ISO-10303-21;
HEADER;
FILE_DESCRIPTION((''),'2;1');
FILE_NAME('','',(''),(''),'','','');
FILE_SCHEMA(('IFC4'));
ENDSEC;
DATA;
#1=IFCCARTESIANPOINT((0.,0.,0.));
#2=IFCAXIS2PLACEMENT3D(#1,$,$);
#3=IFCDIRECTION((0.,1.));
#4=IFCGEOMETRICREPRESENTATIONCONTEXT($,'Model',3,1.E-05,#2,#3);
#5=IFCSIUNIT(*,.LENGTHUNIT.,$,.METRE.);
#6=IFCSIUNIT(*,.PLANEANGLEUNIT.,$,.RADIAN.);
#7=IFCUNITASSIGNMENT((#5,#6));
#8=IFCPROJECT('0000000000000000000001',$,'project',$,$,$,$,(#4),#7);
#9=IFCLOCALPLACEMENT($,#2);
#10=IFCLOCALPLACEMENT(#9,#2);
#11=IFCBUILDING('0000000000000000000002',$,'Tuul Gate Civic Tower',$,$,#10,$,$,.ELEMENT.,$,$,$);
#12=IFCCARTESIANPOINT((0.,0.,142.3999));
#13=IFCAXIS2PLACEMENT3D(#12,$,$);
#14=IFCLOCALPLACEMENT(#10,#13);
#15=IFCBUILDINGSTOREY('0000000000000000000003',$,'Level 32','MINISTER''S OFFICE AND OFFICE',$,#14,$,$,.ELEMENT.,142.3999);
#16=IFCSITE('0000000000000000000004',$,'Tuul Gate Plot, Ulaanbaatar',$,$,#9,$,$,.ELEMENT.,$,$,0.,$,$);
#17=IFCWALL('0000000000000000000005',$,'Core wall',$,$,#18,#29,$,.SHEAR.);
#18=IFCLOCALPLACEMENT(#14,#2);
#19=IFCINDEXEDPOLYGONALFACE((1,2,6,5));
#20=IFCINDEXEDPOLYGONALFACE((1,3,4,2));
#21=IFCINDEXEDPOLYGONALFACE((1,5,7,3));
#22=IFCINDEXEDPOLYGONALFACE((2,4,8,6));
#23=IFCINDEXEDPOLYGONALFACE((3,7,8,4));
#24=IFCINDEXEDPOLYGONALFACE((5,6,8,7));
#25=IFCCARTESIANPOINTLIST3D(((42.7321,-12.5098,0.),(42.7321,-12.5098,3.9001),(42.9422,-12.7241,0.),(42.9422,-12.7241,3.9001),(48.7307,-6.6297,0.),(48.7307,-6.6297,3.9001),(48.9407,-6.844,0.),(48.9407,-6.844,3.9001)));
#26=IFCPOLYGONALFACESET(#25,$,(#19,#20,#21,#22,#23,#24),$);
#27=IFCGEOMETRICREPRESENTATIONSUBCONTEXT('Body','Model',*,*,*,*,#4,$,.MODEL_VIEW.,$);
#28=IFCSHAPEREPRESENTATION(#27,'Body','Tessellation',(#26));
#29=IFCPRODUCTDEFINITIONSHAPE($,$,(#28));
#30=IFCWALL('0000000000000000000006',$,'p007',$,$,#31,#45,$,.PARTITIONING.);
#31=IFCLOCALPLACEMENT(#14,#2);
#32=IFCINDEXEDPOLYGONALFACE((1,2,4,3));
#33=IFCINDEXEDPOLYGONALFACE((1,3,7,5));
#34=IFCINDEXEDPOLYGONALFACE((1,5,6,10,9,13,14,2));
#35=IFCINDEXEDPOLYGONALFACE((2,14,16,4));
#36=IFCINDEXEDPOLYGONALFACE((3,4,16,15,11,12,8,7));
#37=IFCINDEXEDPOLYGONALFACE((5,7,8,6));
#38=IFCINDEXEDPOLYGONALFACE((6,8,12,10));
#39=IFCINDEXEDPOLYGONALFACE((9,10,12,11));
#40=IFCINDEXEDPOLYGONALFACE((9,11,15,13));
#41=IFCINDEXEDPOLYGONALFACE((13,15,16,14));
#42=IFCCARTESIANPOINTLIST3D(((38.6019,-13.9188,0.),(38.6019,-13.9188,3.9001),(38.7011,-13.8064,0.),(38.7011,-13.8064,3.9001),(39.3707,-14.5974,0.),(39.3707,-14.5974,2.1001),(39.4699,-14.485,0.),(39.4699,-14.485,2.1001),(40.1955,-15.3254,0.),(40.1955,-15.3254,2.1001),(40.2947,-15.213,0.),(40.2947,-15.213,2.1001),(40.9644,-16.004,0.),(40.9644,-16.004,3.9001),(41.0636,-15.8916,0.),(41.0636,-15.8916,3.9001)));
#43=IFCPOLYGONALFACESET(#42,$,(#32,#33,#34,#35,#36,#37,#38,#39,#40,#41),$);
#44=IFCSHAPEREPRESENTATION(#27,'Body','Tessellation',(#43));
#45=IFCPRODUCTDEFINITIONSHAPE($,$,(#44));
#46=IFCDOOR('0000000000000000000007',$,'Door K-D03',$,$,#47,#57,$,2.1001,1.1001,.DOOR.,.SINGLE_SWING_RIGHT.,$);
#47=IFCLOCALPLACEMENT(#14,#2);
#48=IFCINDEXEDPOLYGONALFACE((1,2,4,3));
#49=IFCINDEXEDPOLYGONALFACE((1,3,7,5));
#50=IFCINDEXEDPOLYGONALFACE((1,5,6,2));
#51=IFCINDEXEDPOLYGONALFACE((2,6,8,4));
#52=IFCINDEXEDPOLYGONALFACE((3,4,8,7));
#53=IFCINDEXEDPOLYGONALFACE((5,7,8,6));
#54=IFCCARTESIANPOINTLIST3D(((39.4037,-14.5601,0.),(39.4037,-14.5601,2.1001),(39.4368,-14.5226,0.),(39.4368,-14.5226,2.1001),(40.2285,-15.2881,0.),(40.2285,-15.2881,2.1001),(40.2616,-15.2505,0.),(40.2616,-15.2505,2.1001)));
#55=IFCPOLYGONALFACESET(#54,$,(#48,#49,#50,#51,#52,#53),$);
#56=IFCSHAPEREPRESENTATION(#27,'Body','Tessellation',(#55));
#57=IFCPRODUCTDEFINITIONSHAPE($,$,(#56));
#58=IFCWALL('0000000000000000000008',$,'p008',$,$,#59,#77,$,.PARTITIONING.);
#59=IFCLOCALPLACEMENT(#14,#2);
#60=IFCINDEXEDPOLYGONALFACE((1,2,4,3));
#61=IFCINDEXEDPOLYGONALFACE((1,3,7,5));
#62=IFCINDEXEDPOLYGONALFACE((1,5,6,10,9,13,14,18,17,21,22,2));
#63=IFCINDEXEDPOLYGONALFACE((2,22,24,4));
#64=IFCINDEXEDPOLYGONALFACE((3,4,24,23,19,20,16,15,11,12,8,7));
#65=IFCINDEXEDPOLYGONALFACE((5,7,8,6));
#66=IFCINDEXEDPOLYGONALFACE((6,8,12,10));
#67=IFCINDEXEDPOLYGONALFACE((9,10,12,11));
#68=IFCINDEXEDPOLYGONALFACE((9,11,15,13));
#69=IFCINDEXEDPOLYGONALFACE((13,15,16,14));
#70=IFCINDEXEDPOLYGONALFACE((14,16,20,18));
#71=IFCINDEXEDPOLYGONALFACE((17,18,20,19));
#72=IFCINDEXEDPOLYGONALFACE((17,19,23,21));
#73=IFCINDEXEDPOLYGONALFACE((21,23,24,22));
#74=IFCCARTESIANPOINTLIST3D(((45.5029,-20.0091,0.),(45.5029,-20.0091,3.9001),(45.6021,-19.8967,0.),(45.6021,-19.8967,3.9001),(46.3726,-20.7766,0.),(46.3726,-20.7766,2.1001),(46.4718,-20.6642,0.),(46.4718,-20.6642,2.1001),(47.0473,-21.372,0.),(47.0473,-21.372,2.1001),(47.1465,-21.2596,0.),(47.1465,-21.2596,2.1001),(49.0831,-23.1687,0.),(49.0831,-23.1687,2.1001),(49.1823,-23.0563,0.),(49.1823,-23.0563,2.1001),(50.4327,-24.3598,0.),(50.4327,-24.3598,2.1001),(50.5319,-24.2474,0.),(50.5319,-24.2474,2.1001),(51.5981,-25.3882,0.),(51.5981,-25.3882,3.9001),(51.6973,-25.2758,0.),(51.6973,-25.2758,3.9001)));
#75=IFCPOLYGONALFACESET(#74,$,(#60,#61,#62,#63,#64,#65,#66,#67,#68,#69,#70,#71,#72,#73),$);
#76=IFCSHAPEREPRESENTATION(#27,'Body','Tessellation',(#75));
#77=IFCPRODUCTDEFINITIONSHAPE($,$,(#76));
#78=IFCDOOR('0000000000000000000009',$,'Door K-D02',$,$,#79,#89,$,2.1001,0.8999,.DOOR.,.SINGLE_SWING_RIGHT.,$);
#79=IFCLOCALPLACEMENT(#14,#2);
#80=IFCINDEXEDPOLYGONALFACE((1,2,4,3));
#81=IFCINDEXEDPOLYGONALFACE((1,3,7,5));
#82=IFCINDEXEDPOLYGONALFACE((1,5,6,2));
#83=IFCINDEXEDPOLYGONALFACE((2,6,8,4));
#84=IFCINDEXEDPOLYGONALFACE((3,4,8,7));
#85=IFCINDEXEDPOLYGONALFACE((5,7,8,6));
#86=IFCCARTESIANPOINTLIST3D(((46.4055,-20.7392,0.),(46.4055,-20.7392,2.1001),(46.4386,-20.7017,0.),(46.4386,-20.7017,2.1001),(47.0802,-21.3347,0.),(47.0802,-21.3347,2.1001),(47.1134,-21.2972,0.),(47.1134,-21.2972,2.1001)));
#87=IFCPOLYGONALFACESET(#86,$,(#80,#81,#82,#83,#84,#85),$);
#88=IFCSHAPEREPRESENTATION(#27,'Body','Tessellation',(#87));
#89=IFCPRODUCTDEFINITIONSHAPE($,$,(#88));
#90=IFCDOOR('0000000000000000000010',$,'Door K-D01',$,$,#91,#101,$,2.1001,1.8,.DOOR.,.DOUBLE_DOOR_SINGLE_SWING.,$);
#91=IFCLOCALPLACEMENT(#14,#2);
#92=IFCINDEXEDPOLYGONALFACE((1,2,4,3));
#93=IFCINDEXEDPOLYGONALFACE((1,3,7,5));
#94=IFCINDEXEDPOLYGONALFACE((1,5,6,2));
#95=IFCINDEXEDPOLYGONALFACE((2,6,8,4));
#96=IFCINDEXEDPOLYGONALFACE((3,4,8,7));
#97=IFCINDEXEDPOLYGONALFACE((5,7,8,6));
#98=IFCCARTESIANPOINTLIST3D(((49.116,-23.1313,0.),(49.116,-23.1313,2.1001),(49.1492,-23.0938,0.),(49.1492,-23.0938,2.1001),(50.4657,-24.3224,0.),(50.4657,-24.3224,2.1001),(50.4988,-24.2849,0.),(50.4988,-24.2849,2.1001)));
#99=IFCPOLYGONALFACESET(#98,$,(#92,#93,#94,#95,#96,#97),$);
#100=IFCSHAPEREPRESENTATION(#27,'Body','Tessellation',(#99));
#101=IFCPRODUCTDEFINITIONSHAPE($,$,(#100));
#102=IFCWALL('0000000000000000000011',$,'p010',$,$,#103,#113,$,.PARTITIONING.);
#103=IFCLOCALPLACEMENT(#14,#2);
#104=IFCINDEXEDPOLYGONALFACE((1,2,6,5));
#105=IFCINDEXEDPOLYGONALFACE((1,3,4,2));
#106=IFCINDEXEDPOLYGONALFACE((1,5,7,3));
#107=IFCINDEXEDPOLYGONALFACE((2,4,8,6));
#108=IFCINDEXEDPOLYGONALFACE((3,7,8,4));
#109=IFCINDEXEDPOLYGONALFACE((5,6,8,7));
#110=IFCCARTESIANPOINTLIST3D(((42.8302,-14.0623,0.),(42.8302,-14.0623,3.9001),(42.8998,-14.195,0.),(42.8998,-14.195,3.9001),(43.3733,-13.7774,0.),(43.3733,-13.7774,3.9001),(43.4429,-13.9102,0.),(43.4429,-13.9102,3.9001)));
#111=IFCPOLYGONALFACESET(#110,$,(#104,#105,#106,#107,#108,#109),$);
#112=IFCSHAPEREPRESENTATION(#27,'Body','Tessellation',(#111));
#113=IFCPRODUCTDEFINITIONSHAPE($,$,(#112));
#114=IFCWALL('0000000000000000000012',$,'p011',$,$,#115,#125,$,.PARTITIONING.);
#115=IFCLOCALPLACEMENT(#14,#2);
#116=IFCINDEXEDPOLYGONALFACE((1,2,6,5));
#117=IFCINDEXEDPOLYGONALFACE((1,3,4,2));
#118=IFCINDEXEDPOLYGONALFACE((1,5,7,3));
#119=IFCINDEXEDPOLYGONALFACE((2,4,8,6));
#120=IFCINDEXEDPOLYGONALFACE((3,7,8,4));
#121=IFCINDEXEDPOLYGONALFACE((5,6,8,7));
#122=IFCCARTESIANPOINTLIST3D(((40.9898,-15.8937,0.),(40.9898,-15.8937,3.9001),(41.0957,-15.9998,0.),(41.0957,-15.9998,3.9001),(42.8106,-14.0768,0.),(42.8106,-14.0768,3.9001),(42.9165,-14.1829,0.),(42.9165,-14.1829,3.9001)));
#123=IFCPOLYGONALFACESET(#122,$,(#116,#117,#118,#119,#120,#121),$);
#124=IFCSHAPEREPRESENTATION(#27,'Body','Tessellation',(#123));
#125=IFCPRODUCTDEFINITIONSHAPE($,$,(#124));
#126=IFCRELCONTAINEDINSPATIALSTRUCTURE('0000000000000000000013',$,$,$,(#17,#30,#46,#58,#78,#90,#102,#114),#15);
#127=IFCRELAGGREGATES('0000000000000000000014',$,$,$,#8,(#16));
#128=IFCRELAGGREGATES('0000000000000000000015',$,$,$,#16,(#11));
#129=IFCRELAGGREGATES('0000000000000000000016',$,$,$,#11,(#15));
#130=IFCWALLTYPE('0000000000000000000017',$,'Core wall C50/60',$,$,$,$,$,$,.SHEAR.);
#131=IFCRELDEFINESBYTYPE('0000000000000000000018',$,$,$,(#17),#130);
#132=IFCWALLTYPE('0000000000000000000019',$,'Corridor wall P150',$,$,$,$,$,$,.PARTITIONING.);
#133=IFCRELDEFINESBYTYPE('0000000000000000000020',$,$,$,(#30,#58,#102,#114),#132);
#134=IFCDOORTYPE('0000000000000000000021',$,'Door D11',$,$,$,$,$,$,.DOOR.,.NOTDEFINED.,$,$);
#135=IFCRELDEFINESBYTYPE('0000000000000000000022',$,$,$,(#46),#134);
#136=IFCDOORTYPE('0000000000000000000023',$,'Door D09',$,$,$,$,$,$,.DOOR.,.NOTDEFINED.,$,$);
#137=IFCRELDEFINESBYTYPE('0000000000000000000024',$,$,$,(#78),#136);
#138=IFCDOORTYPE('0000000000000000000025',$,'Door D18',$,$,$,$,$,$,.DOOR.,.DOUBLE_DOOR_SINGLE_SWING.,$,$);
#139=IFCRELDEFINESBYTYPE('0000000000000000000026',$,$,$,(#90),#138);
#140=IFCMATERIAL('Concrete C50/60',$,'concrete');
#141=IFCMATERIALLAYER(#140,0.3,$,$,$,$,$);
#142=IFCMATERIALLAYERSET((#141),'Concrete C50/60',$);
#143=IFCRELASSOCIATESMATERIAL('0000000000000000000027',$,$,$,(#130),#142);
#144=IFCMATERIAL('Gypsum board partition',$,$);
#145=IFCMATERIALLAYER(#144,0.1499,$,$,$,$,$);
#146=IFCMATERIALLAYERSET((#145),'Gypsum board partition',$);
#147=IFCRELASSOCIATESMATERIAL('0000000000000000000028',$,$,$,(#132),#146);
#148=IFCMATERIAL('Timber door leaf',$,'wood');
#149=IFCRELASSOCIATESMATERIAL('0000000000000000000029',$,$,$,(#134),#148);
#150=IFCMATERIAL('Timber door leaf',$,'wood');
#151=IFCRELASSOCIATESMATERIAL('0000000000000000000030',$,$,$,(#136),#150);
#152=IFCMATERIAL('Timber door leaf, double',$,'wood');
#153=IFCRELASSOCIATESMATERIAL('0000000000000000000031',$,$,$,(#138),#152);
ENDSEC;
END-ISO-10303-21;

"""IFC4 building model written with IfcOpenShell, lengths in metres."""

from ifc_helpers import new_model, si_unit, direction, frame, frame_2d, origin, place, context, subcontext, project, spatial, rectangle, extrude, material, layer, layer_set, type_object, element, fill, save


model = new_model("IFC4")

# Units and contexts
model_context = context("Model", 3, precision=1e-05, world=origin(), true_north=direction((0.0, 1.0)))
body_context = subcontext(model_context, "Body", "Model", "MODEL_VIEW")
ifc_project = project(units=[si_unit("LENGTHUNIT", "METRE"), si_unit("PLANEANGLEUNIT", "RADIAN")], contexts=[model_context])

# Site, building, storey
site_placement = place(None, origin())
site = spatial("IfcSite", under=ifc_project, at=site_placement, Name="Tuul Gate Plot, Ulaanbaatar", CompositionType="ELEMENT", RefElevation=0.0)
building_placement = place(site_placement, origin())
building = spatial("IfcBuilding", under=site, at=building_placement, Name="Tuul Gate Civic Tower", CompositionType="ELEMENT")
storey_placement = place(building_placement, frame((0.0, 0.0, 142.3999)))
storey = spatial("IfcBuildingStorey", under=building, at=storey_placement, Name="Level 32", Description="MINISTER'S OFFICE AND OFFICE", CompositionType="ELEMENT", Elevation=142.3999)

# Shared definitions
ifc_material_1 = material(Name="Concrete C50/60", Category="concrete")
ifc_layer_1 = layer(ifc_material_1, 0.3)
ifc_layer_set_1 = layer_set([ifc_layer_1], Name="Concrete C50/60")
wall_type_1 = type_object("IfcWallType", Name="Core wall C50/60", PredefinedType="SHEAR", material=ifc_layer_set_1)

# Wall
wall_1_placement = place(storey_placement, frame((42.8372, -12.6169, 0.0), z_axis=(0.0, 0.0, 1.0), x_axis=(0.71412, 0.700023, 0.0)))
element("IfcWall", 1, at=wall_1_placement, inside=storey, type_object=wall_type_1, Name="Core wall", PredefinedType="SHEAR", context=body_context, shape_type="SweptSolid", body=[
    extrude(rectangle(XDim=8.3999, YDim=0.3, at=frame_2d((4.2, 0.0))), origin(), (0.0, 0.0, 1.0), 3.9001),
])

# Wall, opening, door
ifc_material_2 = material(Name="Gypsum board partition")
ifc_layer_2 = layer(ifc_material_2, 0.1499)
ifc_layer_set_2 = layer_set([ifc_layer_2], Name="Gypsum board partition")
wall_type_2 = type_object("IfcWallType", Name="Corridor wall P150", PredefinedType="PARTITIONING", material=ifc_layer_set_2)
wall_2_placement = place(storey_placement, frame((38.6514, -13.8625, 0.0), z_axis=(0.0, 0.0, 1.0), x_axis=(0.749743, -0.661729, 0.0)))
wall_2 = element("IfcWall", 2, at=wall_2_placement, inside=storey, type_object=wall_type_2, Name="p007", PredefinedType="PARTITIONING", context=body_context, shape_type="SweptSolid", body=[
    extrude(rectangle(XDim=3.1511, YDim=0.1499, at=frame_2d((1.5757, 0.0))), origin(), (0.0, 0.0, 1.0), 3.9001),
])
opening_1_placement = place(wall_2_placement, frame((1.0256, 0.0, 0.0)))
opening_1 = element("IfcOpeningElement", 3, at=opening_1_placement, cuts=wall_2, PredefinedType="OPENING", context=body_context, shape_type="SweptSolid", body=[
    extrude(rectangle(XDim=1.1001, YDim=2.1001, at=frame_2d((0.55, 1.05))), frame((0.0, 0.085, 0.0), z_axis=(0.0, -1.0, 0.0), x_axis=(1.0, 0.0, 0.0)), (0.0, 0.0, 1.0), 0.1699),
])
ifc_material_3 = material(Name="Timber door leaf", Category="wood")
door_type_1 = type_object("IfcDoorType", Name="Door D11", OperationType="NOTDEFINED", PredefinedType="DOOR", material=ifc_material_3)
door_1_placement = place(opening_1_placement, origin())
door_1 = element("IfcDoor", 4, at=door_1_placement, inside=storey, type_object=door_type_1, Name="Door K-D03", OperationType="SINGLE_SWING_RIGHT", OverallHeight=2.1001, OverallWidth=1.1001, PredefinedType="DOOR", context=body_context, shape_type="SweptSolid", body=[
    extrude(rectangle(XDim=1.1001, YDim=2.1001, at=frame_2d((0.55, 1.05))), frame((0.0, 0.0249, 0.0), z_axis=(0.0, -1.0, 0.0), x_axis=(1.0, 0.0, 0.0)), (0.0, 0.0, 1.0), 0.05),
])
fill(opening_1, door_1)

# Wall, openings, doors
wall_3_placement = place(storey_placement, frame((45.5525, -19.9529, 0.0), z_axis=(0.0, 0.0, 1.0), x_axis=(0.749776, -0.661692, 0.0)))
wall_3 = element("IfcWall", 5, at=wall_3_placement, inside=storey, type_object=wall_type_2, Name="p008", PredefinedType="PARTITIONING", context=body_context, shape_type="SweptSolid", body=[
    extrude(rectangle(XDim=8.1294, YDim=0.1499, at=frame_2d((4.0647, 0.0))), origin(), (0.0, 0.0, 1.0), 3.9001),
])
opening_2_placement = place(wall_3_placement, frame((4.7751, 0.0, 0.0)))
opening_2 = element("IfcOpeningElement", 6, at=opening_2_placement, cuts=wall_3, PredefinedType="OPENING", context=body_context, shape_type="SweptSolid", body=[
    extrude(rectangle(XDim=1.8, YDim=2.1001, at=frame_2d((0.8999, 1.05))), frame((0.0, 0.085, 0.0), z_axis=(0.0, -1.0, 0.0), x_axis=(1.0, 0.0, 0.0)), (0.0, 0.0, 1.0), 0.1699),
])
opening_3_placement = place(wall_3_placement, frame((1.1599, 0.0, 0.0)))
opening_3 = element("IfcOpeningElement", 7, at=opening_3_placement, cuts=wall_3, PredefinedType="OPENING", context=body_context, shape_type="SweptSolid", body=[
    extrude(rectangle(XDim=0.8999, YDim=2.1001, at=frame_2d((0.45, 1.05))), frame((0.0, 0.085, 0.0), z_axis=(0.0, -1.0, 0.0), x_axis=(1.0, 0.0, 0.0)), (0.0, 0.0, 1.0), 0.1699),
])
ifc_material_4 = material(Name="Timber door leaf", Category="wood")
door_type_2 = type_object("IfcDoorType", Name="Door D09", OperationType="NOTDEFINED", PredefinedType="DOOR", material=ifc_material_4)
door_2_placement = place(opening_3_placement, origin())
door_2 = element("IfcDoor", 8, at=door_2_placement, inside=storey, type_object=door_type_2, Name="Door K-D02", OperationType="SINGLE_SWING_RIGHT", OverallHeight=2.1001, OverallWidth=0.8999, PredefinedType="DOOR", context=body_context, shape_type="SweptSolid", body=[
    extrude(rectangle(XDim=0.8999, YDim=2.1001, at=frame_2d((0.45, 1.05))), frame((0.0, 0.0249, 0.0), z_axis=(0.0, -1.0, 0.0), x_axis=(1.0, 0.0, 0.0)), (0.0, 0.0, 1.0), 0.05),
])
fill(opening_3, door_2)
ifc_material_5 = material(Name="Timber door leaf, double", Category="wood")
door_type_3 = type_object("IfcDoorType", Name="Door D18", OperationType="DOUBLE_DOOR_SINGLE_SWING", PredefinedType="DOOR", material=ifc_material_5)
door_3_placement = place(opening_2_placement, origin())
door_3 = element("IfcDoor", 9, at=door_3_placement, inside=storey, type_object=door_type_3, Name="Door K-D01", OperationType="DOUBLE_DOOR_SINGLE_SWING", OverallHeight=2.1001, OverallWidth=1.8, PredefinedType="DOOR", context=body_context, shape_type="SweptSolid", body=[
    extrude(rectangle(XDim=1.8, YDim=2.1001, at=frame_2d((0.8999, 1.05))), frame((0.0, 0.0249, 0.0), z_axis=(0.0, -1.0, 0.0), x_axis=(1.0, 0.0, 0.0)), (0.0, 0.0, 1.0), 0.05),
])
fill(opening_2, door_3)

# Walls
wall_4_placement = place(storey_placement, frame((42.865, -14.1287, 0.0), z_axis=(0.0, 0.0, 1.0), x_axis=(0.885582, 0.464483, 0.0)))
element("IfcWall", 10, at=wall_4_placement, inside=storey, type_object=wall_type_2, Name="p010", PredefinedType="PARTITIONING", context=body_context, shape_type="SweptSolid", body=[
    extrude(rectangle(XDim=0.6133, YDim=0.1499, at=frame_2d((0.3066, 0.0))), origin(), (0.0, 0.0, 1.0), 3.9001),
])
wall_5_placement = place(storey_placement, frame((41.0427, -15.9468, 0.0), z_axis=(0.0, 0.0, 1.0), x_axis=(0.707866, 0.706347, 0.0)))
element("IfcWall", 11, at=wall_5_placement, inside=storey, type_object=wall_type_2, Name="p011", PredefinedType="PARTITIONING", context=body_context, shape_type="SweptSolid", body=[
    extrude(rectangle(XDim=2.5723, YDim=0.1499, at=frame_2d((1.2861, 0.0))), origin(), (0.0, 0.0, 1.0), 3.9001),
])

save(model, "model.ifc")
